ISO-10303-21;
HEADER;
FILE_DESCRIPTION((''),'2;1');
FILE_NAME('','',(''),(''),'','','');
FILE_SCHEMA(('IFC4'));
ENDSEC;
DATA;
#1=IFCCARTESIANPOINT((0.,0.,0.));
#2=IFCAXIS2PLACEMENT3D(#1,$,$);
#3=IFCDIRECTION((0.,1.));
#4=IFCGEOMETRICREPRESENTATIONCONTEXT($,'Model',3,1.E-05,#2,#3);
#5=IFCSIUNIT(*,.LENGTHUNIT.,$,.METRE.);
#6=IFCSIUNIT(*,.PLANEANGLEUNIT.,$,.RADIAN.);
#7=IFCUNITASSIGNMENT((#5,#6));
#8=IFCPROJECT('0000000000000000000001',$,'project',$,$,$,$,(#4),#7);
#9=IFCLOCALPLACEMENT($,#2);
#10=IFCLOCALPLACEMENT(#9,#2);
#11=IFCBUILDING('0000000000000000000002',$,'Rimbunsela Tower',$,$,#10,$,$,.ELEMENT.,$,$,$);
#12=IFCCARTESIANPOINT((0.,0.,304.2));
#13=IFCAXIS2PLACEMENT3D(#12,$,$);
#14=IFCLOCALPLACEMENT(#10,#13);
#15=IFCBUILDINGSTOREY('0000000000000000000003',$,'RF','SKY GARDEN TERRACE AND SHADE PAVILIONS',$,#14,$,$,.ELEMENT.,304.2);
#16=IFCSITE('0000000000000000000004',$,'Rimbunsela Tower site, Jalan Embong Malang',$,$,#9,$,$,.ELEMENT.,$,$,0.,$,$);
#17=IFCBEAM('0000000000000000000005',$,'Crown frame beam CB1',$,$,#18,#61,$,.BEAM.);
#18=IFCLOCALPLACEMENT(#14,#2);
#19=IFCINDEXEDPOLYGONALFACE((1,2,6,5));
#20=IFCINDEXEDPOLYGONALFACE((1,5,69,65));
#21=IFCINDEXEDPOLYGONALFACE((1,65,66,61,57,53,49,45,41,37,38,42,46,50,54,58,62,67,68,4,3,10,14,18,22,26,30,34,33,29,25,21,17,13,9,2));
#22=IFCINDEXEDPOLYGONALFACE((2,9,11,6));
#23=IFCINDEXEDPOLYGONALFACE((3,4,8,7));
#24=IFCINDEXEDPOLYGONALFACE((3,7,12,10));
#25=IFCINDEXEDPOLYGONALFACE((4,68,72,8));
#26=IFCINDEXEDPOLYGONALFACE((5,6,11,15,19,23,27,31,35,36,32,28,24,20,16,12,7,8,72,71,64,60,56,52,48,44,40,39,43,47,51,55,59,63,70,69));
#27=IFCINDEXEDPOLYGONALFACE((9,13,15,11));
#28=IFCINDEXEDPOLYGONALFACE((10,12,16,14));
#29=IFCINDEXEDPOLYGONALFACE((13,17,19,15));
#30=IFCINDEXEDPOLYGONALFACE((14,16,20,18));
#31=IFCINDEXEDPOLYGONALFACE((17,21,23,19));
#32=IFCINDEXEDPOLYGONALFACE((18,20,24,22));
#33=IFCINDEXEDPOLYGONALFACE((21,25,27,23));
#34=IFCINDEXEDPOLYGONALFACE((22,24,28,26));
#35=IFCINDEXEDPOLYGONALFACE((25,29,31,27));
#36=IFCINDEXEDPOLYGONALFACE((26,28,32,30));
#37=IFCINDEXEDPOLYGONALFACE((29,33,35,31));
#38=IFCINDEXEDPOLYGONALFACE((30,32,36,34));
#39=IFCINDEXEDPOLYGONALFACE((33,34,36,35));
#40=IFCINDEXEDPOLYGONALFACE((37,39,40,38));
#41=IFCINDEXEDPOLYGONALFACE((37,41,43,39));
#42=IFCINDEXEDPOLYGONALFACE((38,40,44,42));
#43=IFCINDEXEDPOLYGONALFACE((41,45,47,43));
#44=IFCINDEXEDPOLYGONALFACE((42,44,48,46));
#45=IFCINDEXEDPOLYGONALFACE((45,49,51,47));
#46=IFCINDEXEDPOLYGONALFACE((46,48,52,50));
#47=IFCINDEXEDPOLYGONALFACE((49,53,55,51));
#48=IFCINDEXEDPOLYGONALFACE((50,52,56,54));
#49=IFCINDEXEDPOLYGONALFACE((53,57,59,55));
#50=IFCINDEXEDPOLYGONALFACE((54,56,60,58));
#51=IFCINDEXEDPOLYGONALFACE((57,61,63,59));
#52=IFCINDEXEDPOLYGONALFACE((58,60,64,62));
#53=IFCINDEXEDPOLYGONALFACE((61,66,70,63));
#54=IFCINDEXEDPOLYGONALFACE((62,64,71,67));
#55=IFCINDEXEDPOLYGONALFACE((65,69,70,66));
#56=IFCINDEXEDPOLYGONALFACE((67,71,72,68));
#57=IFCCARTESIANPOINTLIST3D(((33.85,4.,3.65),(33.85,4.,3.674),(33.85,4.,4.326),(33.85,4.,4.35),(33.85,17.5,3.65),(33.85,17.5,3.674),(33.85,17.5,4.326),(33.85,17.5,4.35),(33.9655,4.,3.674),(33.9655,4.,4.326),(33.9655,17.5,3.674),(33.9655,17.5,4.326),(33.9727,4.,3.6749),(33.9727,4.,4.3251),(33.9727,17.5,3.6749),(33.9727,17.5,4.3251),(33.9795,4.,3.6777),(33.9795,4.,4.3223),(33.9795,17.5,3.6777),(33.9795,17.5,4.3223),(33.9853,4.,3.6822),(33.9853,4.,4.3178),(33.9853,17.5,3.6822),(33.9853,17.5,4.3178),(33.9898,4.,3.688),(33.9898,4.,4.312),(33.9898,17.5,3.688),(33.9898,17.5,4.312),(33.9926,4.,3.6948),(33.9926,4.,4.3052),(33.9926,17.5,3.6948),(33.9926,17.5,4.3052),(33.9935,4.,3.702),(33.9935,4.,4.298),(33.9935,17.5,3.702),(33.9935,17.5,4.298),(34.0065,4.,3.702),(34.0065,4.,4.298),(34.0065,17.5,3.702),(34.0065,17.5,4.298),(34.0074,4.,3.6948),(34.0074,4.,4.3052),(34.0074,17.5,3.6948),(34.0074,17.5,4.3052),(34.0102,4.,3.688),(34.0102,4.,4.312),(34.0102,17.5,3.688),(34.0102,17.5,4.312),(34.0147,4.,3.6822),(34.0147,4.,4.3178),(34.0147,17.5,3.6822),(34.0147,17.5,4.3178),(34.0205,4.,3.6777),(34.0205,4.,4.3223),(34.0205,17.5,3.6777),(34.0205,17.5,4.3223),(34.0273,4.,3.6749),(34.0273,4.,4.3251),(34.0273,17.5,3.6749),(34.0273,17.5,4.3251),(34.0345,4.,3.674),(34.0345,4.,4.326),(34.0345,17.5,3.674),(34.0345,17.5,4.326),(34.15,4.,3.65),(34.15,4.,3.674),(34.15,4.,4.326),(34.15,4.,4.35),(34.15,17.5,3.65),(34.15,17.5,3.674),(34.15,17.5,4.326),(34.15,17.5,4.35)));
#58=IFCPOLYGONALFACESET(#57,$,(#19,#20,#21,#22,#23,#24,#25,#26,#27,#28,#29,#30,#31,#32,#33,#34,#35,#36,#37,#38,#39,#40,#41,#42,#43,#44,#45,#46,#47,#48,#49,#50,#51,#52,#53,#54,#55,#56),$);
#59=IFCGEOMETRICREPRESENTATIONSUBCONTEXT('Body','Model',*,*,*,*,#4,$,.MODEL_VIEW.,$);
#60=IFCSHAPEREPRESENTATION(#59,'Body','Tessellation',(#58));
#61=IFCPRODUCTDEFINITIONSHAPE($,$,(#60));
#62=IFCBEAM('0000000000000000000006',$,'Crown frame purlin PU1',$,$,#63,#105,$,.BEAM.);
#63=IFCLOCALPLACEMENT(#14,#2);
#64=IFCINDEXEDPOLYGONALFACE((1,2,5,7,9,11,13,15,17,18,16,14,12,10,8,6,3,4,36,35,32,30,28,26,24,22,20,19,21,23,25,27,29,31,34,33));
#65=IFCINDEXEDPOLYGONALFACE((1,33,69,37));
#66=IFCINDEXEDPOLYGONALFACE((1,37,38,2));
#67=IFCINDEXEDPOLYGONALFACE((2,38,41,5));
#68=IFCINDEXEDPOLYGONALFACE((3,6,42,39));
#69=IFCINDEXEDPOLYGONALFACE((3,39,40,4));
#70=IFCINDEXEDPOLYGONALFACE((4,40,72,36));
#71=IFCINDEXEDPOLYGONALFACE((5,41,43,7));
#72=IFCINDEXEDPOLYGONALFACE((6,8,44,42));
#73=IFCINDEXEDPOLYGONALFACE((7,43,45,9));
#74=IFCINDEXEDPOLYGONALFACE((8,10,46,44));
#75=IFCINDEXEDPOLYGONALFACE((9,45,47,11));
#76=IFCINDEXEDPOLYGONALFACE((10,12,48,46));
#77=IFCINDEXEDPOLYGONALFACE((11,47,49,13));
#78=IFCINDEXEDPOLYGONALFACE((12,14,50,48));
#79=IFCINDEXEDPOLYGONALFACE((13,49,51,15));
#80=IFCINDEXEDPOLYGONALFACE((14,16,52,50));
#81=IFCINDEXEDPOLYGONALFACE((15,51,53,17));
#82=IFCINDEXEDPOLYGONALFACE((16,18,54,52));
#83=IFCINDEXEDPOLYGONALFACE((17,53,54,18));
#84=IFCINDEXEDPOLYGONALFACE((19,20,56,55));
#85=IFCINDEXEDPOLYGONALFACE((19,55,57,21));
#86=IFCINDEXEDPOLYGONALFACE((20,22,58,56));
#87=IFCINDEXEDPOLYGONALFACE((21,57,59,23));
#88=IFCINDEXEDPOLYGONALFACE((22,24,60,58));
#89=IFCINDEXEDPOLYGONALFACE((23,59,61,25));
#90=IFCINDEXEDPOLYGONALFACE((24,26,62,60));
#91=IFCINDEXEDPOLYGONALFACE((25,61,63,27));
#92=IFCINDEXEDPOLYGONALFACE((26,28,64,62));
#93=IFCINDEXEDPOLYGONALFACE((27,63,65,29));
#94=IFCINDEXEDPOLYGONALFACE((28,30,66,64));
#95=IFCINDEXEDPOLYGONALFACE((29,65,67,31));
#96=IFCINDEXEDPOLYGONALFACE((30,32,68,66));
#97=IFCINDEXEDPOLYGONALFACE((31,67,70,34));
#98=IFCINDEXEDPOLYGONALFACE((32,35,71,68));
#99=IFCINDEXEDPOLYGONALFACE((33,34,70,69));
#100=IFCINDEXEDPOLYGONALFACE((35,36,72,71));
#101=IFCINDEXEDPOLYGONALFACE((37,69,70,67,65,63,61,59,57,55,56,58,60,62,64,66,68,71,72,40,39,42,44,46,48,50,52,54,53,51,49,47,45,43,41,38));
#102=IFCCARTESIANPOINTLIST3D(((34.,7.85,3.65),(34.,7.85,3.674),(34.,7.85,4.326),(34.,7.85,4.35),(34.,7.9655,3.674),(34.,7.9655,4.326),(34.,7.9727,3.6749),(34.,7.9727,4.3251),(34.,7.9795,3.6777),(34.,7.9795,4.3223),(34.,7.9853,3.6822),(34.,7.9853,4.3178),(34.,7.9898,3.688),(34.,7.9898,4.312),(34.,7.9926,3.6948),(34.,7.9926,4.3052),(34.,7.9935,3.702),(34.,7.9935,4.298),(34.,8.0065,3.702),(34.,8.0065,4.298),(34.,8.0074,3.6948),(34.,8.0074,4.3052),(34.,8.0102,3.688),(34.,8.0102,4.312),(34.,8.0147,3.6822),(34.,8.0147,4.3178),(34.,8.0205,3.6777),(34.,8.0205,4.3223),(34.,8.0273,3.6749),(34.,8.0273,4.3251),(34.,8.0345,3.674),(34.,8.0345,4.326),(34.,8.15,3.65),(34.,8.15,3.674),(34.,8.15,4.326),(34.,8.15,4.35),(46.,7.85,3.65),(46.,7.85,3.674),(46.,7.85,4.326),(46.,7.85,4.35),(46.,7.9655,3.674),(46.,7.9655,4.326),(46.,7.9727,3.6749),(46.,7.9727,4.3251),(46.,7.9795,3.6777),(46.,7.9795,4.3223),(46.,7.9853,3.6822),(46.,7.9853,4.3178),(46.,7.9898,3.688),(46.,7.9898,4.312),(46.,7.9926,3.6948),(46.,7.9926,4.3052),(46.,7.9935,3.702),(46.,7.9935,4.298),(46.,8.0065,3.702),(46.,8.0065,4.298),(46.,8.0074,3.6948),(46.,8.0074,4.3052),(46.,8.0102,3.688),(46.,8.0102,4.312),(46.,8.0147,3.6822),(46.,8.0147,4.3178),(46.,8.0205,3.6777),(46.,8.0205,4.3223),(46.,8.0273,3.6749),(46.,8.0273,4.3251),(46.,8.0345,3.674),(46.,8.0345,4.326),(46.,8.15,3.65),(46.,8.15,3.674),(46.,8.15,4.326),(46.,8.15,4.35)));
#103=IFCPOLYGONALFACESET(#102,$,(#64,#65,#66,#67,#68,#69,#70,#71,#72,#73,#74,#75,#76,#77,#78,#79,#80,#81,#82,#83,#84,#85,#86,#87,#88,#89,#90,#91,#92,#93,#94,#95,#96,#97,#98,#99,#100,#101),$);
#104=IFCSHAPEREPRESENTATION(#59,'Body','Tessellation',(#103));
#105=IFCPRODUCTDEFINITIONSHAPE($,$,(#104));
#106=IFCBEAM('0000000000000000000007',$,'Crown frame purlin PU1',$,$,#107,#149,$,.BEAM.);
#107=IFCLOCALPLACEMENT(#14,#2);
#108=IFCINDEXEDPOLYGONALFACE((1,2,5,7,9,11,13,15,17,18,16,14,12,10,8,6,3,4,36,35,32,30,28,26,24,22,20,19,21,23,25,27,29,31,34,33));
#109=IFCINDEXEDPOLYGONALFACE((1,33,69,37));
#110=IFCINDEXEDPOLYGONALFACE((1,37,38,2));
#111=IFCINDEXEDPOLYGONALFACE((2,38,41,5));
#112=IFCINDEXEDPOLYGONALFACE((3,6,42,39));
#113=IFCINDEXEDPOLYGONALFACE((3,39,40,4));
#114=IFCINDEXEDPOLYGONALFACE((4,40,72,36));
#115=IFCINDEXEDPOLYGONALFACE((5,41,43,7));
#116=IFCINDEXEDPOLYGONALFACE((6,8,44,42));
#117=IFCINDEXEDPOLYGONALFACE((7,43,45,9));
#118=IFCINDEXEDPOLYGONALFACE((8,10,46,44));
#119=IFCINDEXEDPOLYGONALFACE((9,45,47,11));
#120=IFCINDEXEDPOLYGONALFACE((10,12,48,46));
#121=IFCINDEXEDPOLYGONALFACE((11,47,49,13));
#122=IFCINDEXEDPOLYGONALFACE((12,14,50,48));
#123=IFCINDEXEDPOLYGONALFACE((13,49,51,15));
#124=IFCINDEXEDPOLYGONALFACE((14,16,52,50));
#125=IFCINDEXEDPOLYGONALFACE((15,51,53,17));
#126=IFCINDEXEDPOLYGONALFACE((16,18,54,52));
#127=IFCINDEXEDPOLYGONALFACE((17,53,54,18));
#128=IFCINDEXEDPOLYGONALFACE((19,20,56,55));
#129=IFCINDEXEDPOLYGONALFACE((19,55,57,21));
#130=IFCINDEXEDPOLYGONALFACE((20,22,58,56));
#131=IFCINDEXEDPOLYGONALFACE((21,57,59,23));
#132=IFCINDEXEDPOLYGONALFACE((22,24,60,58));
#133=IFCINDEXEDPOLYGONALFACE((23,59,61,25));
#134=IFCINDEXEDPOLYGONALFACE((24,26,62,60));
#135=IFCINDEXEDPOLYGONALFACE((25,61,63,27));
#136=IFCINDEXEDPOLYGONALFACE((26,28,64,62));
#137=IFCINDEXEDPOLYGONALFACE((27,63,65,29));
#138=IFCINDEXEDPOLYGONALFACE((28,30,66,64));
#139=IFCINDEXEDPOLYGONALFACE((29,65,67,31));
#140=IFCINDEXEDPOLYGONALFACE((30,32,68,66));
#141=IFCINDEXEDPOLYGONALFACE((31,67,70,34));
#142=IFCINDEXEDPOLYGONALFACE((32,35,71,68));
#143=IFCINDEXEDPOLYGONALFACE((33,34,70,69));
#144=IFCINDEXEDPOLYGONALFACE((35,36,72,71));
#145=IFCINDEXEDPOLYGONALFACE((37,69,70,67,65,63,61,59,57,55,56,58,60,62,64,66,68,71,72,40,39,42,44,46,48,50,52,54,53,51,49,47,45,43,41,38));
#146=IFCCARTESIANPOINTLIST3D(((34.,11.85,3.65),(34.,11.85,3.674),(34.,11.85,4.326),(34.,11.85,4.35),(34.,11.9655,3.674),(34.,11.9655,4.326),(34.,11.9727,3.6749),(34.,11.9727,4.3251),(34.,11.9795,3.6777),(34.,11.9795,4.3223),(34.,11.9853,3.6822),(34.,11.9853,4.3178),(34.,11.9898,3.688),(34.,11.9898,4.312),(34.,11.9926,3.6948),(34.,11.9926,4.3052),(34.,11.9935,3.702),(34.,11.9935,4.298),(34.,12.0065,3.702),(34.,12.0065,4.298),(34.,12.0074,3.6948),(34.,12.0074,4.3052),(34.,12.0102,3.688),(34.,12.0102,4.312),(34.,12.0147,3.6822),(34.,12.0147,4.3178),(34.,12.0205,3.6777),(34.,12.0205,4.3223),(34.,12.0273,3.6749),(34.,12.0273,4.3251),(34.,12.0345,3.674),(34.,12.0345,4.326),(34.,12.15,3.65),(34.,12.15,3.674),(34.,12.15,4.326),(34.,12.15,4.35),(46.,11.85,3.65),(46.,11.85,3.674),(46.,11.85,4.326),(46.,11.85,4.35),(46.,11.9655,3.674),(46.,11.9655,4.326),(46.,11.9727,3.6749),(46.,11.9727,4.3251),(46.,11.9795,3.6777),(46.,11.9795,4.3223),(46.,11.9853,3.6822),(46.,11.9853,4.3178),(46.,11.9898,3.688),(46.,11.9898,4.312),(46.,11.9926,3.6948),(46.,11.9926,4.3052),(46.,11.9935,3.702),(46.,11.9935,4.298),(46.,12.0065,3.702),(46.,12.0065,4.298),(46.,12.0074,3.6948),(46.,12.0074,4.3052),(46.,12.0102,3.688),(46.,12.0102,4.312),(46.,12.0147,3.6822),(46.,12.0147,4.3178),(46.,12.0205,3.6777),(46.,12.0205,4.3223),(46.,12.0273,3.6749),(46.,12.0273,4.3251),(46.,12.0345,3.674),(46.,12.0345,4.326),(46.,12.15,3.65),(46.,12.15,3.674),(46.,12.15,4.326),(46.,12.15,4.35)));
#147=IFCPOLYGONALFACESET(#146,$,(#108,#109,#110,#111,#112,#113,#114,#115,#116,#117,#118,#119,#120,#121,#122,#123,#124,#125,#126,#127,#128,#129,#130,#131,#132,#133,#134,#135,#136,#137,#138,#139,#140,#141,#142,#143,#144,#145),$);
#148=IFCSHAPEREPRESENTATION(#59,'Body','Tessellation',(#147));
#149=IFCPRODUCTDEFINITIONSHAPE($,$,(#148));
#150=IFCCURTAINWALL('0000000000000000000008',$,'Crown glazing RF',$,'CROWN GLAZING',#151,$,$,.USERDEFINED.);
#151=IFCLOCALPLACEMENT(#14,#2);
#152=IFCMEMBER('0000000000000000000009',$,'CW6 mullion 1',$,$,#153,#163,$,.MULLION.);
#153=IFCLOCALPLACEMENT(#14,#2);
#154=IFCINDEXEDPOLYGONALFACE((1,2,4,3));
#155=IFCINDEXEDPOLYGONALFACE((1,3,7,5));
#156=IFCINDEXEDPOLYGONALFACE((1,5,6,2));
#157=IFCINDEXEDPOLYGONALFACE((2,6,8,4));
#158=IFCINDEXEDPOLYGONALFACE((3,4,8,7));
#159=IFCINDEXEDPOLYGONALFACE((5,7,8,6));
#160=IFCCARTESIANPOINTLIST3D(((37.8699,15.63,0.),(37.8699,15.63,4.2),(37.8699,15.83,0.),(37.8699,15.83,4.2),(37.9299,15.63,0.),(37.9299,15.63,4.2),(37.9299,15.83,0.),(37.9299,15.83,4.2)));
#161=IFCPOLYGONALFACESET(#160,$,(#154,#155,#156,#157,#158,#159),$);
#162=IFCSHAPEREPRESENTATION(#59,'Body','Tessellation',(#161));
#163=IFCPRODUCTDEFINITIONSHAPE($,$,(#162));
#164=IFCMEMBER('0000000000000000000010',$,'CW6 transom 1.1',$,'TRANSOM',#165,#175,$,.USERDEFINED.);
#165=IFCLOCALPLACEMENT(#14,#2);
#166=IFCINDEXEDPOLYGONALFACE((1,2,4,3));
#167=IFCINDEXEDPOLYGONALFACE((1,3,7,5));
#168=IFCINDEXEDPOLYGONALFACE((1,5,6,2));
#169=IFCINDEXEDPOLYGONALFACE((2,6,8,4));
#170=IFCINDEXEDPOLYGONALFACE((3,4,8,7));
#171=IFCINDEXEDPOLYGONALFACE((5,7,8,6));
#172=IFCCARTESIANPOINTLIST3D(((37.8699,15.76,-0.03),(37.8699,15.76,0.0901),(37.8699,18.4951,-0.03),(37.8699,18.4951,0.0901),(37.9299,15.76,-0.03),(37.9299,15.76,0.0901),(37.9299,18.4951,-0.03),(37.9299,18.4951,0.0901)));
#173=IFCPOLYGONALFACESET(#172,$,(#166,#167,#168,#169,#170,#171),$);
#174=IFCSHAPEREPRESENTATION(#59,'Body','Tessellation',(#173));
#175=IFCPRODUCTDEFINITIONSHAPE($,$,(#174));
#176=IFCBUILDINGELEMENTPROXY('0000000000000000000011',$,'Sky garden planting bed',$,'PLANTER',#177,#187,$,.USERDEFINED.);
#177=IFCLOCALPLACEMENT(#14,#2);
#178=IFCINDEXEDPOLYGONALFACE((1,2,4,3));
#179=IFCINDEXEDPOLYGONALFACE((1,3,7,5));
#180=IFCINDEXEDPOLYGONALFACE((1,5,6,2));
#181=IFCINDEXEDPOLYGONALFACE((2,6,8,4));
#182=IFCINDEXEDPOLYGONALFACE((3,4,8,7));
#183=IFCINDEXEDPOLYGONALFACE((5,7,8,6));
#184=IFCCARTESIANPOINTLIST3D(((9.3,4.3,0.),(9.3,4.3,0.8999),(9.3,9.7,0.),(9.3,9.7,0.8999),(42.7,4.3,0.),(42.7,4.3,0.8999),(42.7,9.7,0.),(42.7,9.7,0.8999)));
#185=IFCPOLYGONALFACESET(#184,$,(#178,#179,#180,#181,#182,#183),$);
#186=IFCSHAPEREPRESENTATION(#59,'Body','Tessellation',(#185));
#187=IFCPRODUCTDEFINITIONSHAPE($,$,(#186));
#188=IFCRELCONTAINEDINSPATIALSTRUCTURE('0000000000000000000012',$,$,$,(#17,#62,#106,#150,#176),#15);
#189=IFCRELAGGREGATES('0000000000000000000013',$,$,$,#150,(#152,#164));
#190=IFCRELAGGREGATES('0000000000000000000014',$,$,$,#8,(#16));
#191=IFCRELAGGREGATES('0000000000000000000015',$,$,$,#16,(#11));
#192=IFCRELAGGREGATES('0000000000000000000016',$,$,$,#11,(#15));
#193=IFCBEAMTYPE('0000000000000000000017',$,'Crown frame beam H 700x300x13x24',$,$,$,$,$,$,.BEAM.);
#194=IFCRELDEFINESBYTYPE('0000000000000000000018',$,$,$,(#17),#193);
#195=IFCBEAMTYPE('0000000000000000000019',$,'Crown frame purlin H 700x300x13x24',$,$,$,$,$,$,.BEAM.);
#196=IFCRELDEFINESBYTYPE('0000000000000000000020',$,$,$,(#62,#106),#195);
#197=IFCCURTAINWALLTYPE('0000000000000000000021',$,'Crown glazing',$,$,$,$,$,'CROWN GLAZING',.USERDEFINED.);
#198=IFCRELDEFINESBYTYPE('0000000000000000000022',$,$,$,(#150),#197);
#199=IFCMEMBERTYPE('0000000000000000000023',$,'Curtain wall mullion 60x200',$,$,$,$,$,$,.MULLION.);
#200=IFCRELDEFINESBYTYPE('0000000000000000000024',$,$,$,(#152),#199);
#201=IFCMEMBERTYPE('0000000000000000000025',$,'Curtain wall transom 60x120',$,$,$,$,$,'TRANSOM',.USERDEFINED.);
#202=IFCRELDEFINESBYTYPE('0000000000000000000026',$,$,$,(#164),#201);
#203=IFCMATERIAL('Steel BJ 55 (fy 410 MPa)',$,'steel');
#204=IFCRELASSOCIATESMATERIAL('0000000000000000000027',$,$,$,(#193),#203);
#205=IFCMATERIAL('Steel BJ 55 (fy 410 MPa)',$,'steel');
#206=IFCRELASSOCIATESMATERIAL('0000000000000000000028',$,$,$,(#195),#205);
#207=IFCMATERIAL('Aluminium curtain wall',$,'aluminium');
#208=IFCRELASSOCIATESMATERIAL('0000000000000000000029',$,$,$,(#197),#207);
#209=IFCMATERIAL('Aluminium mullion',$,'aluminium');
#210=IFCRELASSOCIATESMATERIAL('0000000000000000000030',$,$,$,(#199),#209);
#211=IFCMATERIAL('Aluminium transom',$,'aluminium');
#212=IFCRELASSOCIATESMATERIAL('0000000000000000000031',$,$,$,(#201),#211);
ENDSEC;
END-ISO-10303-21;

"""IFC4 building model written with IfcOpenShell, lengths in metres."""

from ifc_helpers import new_model, si_unit, direction, frame, origin, origin_2d, place, context, subcontext, project, spatial, rectangle, i_section, extrude, material, material_profile, profile_set, type_object, element, aggregate, save


model = new_model("IFC4")

# Units and contexts
model_context = context("Model", 3, precision=1e-05, world=origin(), true_north=direction((0.0, 1.0)))
body_context = subcontext(model_context, "Body", "Model", "MODEL_VIEW")
ifc_project = project(units=[si_unit("LENGTHUNIT", "METRE"), si_unit("PLANEANGLEUNIT", "RADIAN")], contexts=[model_context])

# Site, building, storey
site_placement = place(None, origin())
site = spatial("IfcSite", under=ifc_project, at=site_placement, Name="Rimbunsela Tower site, Jalan Embong Malang", CompositionType="ELEMENT", RefElevation=0.0)
building_placement = place(site_placement, origin())
building = spatial("IfcBuilding", under=site, at=building_placement, Name="Rimbunsela Tower", CompositionType="ELEMENT")
storey_placement = place(building_placement, frame((0.0, 0.0, 304.2)))
storey = spatial("IfcBuildingStorey", under=building, at=storey_placement, Name="RF", Description="SKY GARDEN TERRACE AND SHADE PAVILIONS", CompositionType="ELEMENT", Elevation=304.2)

# Beams
ifc_material_1 = material(Name="Steel BJ 55 (fy 410 MPa)", Category="steel")
ifc_material_profile_1 = material_profile(ifc_material_1, i_section(OverallWidth=0.3, OverallDepth=0.7, WebThickness=0.0129, FlangeThickness=0.0239, FilletRadius=0.0281, at=origin_2d()), Name="H 700x300x13x24")
ifc_profile_set_1 = profile_set([ifc_material_profile_1], Name="Steel BJ 55 (fy 410 MPa)")
beam_type_1 = type_object("IfcBeamType", Name="Crown frame beam H 700x300x13x24", PredefinedType="BEAM", material=ifc_profile_set_1)
for number, where, z_axis, x_axis, name in (
    (1, (34.0, 4.0, 4.0), (0.0, 1.0, 0.0), (-1.0, 0.0, 0.0), "Crown frame beam CB1"),
):
    element("IfcBeam", number, at=place(storey_placement, frame(where, z_axis=z_axis, x_axis=x_axis)), inside=storey, type_object=beam_type_1, Name=name, PredefinedType="BEAM", context=body_context, shape_type="SweptSolid", body=[
        extrude(i_section(OverallWidth=0.3, OverallDepth=0.7, WebThickness=0.0129, FlangeThickness=0.0239, FilletRadius=0.0281, at=origin_2d()), origin(), (0.0, 0.0, 1.0), 13.5),
    ])
ifc_material_2 = material(Name="Steel BJ 55 (fy 410 MPa)", Category="steel")
ifc_material_profile_2 = material_profile(ifc_material_2, i_section(OverallWidth=0.3, OverallDepth=0.7, WebThickness=0.0129, FlangeThickness=0.0239, FilletRadius=0.0281, at=origin_2d()), Name="H 700x300x13x24")
ifc_profile_set_2 = profile_set([ifc_material_profile_2], Name="Steel BJ 55 (fy 410 MPa)")
beam_type_2 = type_object("IfcBeamType", Name="Crown frame purlin H 700x300x13x24", PredefinedType="BEAM", material=ifc_profile_set_2)
for number, where, z_axis, x_axis, name in (
    (2, (34.0, 8.0, 4.0), (1.0, 0.0, 0.0), (0.0, 1.0, 0.0), "Crown frame purlin PU1"),
    (3, (34.0, 12.0, 4.0), (1.0, 0.0, 0.0), (0.0, 1.0, 0.0), "Crown frame purlin PU1"),
):
    element("IfcBeam", number, at=place(storey_placement, frame(where, z_axis=z_axis, x_axis=x_axis)), inside=storey, type_object=beam_type_2, Name=name, PredefinedType="BEAM", context=body_context, shape_type="SweptSolid", body=[
        extrude(i_section(OverallWidth=0.3, OverallDepth=0.7, WebThickness=0.0129, FlangeThickness=0.0239, FilletRadius=0.0281, at=origin_2d()), origin(), (0.0, 0.0, 1.0), 12.0),
    ])

# Curtain wall, members
ifc_material_3 = material(Name="Aluminium curtain wall", Category="aluminium")
curtain_wall_type = type_object("IfcCurtainWallType", Name="Crown glazing", ElementType="CROWN GLAZING", PredefinedType="USERDEFINED", material=ifc_material_3)
curtain_wall_placement = place(storey_placement, origin())
curtain_wall = element("IfcCurtainWall", 4, at=curtain_wall_placement, inside=storey, type_object=curtain_wall_type, Name="Crown glazing RF", ObjectType="CROWN GLAZING", PredefinedType="USERDEFINED")
ifc_material_4 = material(Name="Aluminium mullion", Category="aluminium")
ifc_material_profile_3 = material_profile(ifc_material_4, rectangle(XDim=0.0601, YDim=0.2, at=origin_2d()), Name="Mullion 60x200")
ifc_profile_set_3 = profile_set([ifc_material_profile_3], Name="Aluminium mullion")
member_type_1 = type_object("IfcMemberType", Name="Curtain wall mullion 60x200", PredefinedType="MULLION", material=ifc_profile_set_3)
member_1_placement = place(storey_placement, frame((37.8999, 15.73, 0.0), z_axis=(0.0, 0.0, 1.0), x_axis=(-1.0, 0.0, 0.0)))
member_1 = element("IfcMember", 5, at=member_1_placement, type_object=member_type_1, Name="CW6 mullion 1", PredefinedType="MULLION", context=body_context, shape_type="SweptSolid", body=[
    extrude(rectangle(XDim=0.0601, YDim=0.2, at=origin_2d()), origin(), (0.0, 0.0, 1.0), 4.2),
])
ifc_material_5 = material(Name="Aluminium transom", Category="aluminium")
ifc_material_profile_4 = material_profile(ifc_material_5, rectangle(XDim=0.0601, YDim=0.1201, at=origin_2d()), Name="Transom 60x120")
ifc_profile_set_4 = profile_set([ifc_material_profile_4], Name="Aluminium transom")
member_type_2 = type_object("IfcMemberType", Name="Curtain wall transom 60x120", ElementType="TRANSOM", PredefinedType="USERDEFINED", material=ifc_profile_set_4)
member_2_placement = place(storey_placement, frame((37.8999, 15.76, 0.03), z_axis=(0.0, 1.0, 0.0), x_axis=(-1.0, 0.0, 0.0)))
member_2 = element("IfcMember", 6, at=member_2_placement, type_object=member_type_2, Name="CW6 transom 1.1", ObjectType="TRANSOM", PredefinedType="USERDEFINED", context=body_context, shape_type="SweptSolid", body=[
    extrude(rectangle(XDim=0.0601, YDim=0.1201, at=origin_2d()), origin(), (0.0, 0.0, 1.0), 2.7351),
])
aggregate(curtain_wall, [member_1, member_2])

# Building element proxy
proxy_placement = place(storey_placement, frame((26.0, 7.0, 0.0), z_axis=(0.0, 0.0, 1.0), x_axis=(1.0, 0.0, 0.0)))
element("IfcBuildingElementProxy", 7, at=proxy_placement, inside=storey, Name="Sky garden planting bed", ObjectType="PLANTER", PredefinedType="USERDEFINED", context=body_context, shape_type="SweptSolid", body=[
    extrude(rectangle(XDim=33.3999, YDim=5.3999, at=origin_2d()), origin(), (0.0, 0.0, 1.0), 0.8999),
])

save(model, "model.ifc")
